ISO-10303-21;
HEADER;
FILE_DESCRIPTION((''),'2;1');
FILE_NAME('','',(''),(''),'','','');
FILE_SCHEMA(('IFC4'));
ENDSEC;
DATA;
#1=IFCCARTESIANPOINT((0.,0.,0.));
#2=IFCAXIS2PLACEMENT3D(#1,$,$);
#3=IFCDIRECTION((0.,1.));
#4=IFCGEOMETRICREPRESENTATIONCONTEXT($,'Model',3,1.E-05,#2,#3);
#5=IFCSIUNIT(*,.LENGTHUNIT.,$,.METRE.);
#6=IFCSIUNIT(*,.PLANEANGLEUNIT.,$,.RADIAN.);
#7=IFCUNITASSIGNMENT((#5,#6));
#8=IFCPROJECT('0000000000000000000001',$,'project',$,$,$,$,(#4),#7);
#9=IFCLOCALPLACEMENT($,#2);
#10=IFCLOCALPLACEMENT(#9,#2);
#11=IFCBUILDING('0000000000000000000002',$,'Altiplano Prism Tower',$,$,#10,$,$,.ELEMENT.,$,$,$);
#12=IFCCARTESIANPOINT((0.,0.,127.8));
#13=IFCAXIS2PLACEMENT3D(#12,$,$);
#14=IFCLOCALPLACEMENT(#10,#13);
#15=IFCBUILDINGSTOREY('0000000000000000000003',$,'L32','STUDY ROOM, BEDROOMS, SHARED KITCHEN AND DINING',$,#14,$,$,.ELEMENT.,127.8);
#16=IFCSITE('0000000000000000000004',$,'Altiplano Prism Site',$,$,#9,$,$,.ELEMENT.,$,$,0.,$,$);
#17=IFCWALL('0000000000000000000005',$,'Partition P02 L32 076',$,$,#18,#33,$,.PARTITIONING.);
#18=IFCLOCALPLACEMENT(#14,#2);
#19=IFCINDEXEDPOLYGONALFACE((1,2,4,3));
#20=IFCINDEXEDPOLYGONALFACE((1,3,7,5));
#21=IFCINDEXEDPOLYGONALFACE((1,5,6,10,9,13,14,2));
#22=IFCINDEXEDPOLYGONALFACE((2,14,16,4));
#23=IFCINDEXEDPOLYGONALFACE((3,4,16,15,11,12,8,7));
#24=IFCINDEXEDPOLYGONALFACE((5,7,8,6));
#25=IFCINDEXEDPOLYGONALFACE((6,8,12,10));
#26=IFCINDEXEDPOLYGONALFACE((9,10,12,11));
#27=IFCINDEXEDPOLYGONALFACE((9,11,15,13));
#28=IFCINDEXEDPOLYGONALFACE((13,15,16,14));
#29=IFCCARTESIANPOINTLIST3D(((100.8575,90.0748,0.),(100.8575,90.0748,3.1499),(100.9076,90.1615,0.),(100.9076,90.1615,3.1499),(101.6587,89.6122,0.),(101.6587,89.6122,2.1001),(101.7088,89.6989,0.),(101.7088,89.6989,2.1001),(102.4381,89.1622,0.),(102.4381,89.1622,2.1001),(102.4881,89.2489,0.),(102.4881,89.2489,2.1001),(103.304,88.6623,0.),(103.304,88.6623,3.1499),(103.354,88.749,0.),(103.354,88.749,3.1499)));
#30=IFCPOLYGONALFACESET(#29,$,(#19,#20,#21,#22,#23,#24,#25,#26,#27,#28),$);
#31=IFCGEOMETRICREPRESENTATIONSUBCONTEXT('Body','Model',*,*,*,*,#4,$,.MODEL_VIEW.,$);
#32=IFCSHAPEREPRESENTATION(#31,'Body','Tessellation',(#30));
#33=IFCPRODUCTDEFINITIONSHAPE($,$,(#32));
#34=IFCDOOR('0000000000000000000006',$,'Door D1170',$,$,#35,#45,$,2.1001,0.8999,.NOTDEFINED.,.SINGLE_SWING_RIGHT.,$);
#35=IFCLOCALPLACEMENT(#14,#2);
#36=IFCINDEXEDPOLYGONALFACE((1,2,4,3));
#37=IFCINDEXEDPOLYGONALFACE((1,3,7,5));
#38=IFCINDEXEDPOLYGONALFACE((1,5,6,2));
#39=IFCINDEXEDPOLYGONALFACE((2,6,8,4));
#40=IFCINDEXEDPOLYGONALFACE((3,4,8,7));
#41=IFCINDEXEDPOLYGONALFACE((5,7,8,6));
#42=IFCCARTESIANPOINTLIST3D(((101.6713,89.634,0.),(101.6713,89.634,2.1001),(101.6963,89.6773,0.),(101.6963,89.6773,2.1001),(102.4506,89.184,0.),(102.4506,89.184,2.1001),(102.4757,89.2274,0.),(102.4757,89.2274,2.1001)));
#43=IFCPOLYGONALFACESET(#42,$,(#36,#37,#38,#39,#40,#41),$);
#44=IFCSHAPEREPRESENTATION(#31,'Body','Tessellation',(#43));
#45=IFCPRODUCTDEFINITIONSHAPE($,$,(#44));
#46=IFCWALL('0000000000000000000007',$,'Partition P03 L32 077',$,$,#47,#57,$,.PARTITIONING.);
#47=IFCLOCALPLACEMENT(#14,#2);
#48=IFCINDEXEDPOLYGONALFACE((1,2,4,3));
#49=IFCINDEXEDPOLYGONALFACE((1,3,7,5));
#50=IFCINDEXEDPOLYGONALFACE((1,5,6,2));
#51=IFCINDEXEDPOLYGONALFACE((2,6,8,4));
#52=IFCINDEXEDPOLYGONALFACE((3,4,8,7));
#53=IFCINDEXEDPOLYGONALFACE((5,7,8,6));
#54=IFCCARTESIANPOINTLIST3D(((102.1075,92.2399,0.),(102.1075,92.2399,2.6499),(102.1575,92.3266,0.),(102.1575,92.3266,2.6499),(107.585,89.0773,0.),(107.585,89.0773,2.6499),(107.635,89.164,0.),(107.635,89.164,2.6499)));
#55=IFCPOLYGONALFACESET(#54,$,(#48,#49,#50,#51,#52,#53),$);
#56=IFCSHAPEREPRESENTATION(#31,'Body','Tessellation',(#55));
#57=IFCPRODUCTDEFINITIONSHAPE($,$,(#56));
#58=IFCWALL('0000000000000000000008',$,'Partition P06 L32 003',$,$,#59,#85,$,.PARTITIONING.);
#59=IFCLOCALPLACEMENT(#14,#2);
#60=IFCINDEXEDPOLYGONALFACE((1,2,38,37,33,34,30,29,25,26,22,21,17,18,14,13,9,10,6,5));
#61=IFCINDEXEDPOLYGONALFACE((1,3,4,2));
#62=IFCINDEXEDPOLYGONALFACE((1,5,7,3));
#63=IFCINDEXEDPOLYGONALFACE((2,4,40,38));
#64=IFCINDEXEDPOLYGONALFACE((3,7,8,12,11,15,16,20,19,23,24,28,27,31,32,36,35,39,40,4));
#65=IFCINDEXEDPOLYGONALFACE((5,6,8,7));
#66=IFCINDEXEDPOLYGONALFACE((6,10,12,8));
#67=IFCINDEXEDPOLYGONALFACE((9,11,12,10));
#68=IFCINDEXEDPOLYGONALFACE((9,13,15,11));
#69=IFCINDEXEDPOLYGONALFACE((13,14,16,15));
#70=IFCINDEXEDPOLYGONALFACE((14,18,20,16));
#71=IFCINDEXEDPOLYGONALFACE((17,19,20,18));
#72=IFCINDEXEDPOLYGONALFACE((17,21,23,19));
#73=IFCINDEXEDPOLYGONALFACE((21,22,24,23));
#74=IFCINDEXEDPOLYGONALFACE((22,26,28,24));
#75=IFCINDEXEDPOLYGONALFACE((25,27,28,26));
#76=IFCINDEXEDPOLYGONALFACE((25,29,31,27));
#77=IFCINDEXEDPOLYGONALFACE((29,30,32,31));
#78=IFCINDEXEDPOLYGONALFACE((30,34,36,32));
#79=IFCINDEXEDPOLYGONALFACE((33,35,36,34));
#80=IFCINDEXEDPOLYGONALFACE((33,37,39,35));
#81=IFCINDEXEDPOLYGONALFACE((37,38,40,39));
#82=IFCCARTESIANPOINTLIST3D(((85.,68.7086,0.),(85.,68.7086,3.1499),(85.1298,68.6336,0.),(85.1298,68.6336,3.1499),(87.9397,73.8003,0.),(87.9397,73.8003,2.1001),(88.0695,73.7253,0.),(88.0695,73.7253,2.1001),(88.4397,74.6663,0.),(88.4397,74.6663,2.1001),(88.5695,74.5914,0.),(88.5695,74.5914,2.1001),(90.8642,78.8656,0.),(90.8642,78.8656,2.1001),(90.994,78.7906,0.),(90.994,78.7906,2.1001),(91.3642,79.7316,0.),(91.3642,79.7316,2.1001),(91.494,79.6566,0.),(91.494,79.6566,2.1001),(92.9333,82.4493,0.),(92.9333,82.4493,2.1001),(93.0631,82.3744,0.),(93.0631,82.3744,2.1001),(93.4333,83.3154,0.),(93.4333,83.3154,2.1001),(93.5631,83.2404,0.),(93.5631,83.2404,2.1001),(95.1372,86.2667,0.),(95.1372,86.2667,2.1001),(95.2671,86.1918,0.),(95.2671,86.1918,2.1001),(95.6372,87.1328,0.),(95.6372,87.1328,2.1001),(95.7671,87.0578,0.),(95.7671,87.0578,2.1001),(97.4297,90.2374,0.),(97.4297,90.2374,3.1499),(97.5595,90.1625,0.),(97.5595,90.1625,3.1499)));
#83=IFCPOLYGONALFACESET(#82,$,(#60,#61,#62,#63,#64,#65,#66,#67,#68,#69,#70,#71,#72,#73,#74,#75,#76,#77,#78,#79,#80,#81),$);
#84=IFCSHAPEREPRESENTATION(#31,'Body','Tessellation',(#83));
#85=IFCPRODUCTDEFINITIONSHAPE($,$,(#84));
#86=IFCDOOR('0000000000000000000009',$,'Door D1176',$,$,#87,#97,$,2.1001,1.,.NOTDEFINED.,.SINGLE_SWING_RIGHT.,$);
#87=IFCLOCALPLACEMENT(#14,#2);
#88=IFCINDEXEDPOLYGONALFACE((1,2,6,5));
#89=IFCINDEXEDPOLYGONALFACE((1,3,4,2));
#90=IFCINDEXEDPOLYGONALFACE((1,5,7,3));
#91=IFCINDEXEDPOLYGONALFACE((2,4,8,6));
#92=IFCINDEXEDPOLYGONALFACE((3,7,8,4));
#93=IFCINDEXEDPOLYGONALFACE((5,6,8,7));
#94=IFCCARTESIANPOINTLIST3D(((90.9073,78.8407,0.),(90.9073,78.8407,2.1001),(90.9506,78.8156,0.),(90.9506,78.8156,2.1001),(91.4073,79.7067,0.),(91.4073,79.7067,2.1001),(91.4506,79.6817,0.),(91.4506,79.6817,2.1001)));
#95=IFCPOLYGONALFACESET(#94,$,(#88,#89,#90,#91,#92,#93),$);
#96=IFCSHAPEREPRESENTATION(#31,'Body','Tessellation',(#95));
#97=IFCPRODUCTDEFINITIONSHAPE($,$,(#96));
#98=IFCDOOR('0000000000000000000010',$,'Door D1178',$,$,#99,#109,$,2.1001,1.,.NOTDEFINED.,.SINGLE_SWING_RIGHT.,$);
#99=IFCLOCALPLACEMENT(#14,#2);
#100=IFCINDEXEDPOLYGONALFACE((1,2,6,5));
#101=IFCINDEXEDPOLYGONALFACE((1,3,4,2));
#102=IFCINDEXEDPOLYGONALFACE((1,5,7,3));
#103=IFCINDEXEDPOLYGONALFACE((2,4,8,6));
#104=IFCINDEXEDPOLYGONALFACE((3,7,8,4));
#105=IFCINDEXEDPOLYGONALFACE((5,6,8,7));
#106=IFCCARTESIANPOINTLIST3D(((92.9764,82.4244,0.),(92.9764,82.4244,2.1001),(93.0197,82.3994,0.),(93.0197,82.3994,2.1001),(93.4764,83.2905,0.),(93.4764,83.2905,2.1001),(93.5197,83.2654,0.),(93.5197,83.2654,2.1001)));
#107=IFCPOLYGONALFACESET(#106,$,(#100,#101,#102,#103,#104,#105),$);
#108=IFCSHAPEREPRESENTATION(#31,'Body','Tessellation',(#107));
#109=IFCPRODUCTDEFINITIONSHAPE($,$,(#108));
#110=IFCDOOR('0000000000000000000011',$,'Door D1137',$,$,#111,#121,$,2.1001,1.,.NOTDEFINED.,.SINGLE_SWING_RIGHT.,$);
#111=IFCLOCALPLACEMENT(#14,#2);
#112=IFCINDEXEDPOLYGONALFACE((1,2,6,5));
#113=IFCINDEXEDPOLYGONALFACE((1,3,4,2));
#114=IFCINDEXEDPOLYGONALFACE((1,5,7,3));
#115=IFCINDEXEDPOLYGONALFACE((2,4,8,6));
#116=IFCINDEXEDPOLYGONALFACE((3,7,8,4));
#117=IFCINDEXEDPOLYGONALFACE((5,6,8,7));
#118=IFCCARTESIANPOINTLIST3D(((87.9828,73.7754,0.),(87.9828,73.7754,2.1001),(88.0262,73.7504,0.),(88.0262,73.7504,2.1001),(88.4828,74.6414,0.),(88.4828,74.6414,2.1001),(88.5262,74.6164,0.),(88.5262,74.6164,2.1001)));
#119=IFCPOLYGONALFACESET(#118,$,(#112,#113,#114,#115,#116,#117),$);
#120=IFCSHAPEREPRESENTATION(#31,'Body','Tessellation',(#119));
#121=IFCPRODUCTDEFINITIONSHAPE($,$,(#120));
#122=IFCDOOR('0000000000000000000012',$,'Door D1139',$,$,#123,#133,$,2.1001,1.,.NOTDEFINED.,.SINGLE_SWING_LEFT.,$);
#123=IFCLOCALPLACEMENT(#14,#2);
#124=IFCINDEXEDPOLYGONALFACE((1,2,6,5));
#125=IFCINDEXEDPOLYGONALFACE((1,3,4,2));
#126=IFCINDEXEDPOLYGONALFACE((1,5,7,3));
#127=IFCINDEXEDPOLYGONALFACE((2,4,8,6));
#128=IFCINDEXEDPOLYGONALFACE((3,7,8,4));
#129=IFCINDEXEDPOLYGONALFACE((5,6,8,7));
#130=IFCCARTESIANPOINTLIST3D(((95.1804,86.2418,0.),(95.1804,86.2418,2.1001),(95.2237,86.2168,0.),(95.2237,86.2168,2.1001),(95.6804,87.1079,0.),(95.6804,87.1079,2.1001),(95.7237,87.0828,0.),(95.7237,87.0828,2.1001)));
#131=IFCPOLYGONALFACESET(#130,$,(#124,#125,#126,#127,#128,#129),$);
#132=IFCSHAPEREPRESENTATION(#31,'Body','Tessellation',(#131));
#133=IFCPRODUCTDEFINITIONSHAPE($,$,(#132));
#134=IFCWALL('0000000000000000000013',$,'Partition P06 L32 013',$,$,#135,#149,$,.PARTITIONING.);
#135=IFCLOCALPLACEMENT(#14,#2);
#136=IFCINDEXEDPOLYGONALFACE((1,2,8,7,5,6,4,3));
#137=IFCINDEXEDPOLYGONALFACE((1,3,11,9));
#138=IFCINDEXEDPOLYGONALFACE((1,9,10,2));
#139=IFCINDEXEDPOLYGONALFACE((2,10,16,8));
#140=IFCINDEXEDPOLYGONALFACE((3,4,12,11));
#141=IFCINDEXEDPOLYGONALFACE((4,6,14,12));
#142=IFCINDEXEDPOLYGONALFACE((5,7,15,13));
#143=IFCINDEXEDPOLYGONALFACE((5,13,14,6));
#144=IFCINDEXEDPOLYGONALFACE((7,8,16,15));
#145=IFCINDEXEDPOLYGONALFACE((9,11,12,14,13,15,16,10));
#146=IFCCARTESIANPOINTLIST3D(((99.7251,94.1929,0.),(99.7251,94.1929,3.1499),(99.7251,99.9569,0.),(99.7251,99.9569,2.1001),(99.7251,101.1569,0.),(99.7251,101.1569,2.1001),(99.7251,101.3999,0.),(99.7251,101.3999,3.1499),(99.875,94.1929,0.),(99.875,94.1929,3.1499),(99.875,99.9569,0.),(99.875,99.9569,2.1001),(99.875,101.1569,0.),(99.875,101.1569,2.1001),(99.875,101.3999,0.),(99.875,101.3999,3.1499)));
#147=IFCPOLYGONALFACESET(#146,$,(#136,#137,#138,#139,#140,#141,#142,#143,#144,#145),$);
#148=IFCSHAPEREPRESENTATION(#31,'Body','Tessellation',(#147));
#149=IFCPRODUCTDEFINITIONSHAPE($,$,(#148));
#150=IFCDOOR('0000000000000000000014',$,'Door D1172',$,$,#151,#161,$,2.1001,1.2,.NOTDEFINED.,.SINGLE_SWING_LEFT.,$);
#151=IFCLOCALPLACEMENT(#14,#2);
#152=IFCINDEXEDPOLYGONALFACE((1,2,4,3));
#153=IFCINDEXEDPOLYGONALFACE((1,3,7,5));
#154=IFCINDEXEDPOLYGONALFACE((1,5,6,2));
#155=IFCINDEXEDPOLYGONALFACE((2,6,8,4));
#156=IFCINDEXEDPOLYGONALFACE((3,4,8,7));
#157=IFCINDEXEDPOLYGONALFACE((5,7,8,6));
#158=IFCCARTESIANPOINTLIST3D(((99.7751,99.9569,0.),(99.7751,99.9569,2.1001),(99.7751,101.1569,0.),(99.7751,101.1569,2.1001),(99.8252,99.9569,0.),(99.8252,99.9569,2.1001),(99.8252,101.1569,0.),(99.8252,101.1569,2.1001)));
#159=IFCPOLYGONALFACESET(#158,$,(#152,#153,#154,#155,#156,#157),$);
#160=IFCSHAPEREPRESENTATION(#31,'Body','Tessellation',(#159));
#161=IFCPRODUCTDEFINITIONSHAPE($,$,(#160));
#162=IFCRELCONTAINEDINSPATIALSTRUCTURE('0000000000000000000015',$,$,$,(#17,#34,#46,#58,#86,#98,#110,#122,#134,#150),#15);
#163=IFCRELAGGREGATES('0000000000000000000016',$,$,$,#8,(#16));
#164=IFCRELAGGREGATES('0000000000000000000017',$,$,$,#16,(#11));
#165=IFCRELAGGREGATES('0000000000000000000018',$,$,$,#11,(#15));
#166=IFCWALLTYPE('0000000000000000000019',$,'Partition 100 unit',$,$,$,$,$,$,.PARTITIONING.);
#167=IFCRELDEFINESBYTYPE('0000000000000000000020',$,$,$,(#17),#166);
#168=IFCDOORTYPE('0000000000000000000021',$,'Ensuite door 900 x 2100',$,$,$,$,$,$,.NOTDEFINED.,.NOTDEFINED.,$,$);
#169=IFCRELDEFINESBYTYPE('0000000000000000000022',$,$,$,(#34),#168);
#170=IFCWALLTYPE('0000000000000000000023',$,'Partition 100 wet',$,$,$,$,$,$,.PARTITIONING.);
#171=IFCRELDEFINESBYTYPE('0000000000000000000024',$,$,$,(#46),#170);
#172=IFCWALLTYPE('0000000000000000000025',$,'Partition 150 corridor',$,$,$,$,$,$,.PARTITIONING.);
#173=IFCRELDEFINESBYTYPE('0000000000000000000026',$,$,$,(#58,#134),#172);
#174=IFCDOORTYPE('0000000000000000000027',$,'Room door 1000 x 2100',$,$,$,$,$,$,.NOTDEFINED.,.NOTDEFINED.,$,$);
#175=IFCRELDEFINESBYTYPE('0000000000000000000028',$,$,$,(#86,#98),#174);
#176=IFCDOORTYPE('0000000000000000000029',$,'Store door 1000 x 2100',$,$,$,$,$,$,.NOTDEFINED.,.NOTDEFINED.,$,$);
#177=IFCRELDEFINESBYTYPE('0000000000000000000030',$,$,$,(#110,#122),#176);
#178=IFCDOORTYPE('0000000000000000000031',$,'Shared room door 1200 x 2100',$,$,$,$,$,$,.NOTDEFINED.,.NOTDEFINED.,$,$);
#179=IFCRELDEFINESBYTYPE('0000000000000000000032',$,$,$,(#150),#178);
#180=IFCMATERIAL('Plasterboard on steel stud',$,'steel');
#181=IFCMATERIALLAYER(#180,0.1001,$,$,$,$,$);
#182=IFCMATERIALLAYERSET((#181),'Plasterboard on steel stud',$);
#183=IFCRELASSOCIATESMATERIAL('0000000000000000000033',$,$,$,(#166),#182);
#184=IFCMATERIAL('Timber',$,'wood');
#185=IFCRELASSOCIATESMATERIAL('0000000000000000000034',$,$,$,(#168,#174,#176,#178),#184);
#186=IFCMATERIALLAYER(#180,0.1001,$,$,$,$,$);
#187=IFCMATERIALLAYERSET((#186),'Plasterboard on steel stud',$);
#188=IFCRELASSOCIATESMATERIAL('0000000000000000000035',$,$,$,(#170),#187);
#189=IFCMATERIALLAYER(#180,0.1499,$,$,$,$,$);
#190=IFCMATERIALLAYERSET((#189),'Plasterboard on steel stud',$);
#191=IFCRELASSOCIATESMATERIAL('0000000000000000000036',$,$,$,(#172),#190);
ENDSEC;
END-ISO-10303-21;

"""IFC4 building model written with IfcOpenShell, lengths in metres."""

from ifc_helpers import new_model, si_unit, direction, frame, frame_2d, origin, place, context, subcontext, project, spatial, rectangle, extrude, material, layer, layer_set, type_object, element, fill, save


model = new_model("IFC4")

# Units and contexts
model_context = context("Model", 3, precision=1e-05, world=origin(), true_north=direction((0.0, 1.0)))
body_context = subcontext(model_context, "Body", "Model", "MODEL_VIEW")
ifc_project = project(units=[si_unit("LENGTHUNIT", "METRE"), si_unit("PLANEANGLEUNIT", "RADIAN")], contexts=[model_context])

# Site, building, storey
site_placement = place(None, origin())
site = spatial("IfcSite", under=ifc_project, at=site_placement, Name="Altiplano Prism Site", CompositionType="ELEMENT", RefElevation=0.0)
building_placement = place(site_placement, origin())
building = spatial("IfcBuilding", under=site, at=building_placement, Name="Altiplano Prism Tower", CompositionType="ELEMENT")
storey_placement = place(building_placement, frame((0.0, 0.0, 127.8)))
storey = spatial("IfcBuildingStorey", under=building, at=storey_placement, Name="L32", Description="STUDY ROOM, BEDROOMS, SHARED KITCHEN AND DINING", CompositionType="ELEMENT", Elevation=127.8)

# Shared definitions
ifc_material_1 = material(Name="Plasterboard on steel stud", Category="steel")
ifc_layer_1 = layer(ifc_material_1, 0.1001)
ifc_layer_set_1 = layer_set([ifc_layer_1], Name="Plasterboard on steel stud")
wall_type_1 = type_object("IfcWallType", Name="Partition 100 unit", PredefinedType="PARTITIONING", material=ifc_layer_set_1)

# Wall, opening, door
wall_1_placement = place(storey_placement, frame((103.3291, 88.7056, 0.0), z_axis=(0.0, 0.0, 1.0), x_axis=(-0.866011, 0.500024, 0.0)))
wall_1 = element("IfcWall", 1, at=wall_1_placement, inside=storey, type_object=wall_type_1, Name="Partition P02 L32 076", PredefinedType="PARTITIONING", context=body_context, shape_type="SweptSolid", body=[
    extrude(rectangle(XDim=2.825, YDim=0.1001, at=frame_2d((1.4126, 0.0))), origin(), (0.0, 0.0, 1.0), 3.1499),
])
opening_1_placement = place(wall_1_placement, frame((1.0, 0.0, 0.0)))
opening_1 = element("IfcOpeningElement", 2, at=opening_1_placement, cuts=wall_1, PredefinedType="OPENING", context=body_context, shape_type="SweptSolid", body=[
    extrude(rectangle(XDim=0.8999, YDim=2.1001, at=frame_2d((0.45, 1.05))), frame((0.0, 0.0605, 0.0), z_axis=(0.0, -1.0, 0.0), x_axis=(1.0, 0.0, 0.0)), (0.0, 0.0, 1.0), 0.1211),
])
ifc_material_2 = material(Name="Timber", Category="wood")
door_type_1 = type_object("IfcDoorType", Name="Ensuite door 900 x 2100", OperationType="NOTDEFINED", PredefinedType="NOTDEFINED", material=ifc_material_2)
door_1_placement = place(opening_1_placement, origin())
door_1 = element("IfcDoor", 3, at=door_1_placement, inside=storey, type_object=door_type_1, Name="Door D1170", OperationType="SINGLE_SWING_RIGHT", OverallHeight=2.1001, OverallWidth=0.8999, PredefinedType="NOTDEFINED", context=body_context, shape_type="SweptSolid", body=[
    extrude(rectangle(XDim=0.8999, YDim=2.1001, at=frame_2d((0.45, 1.05))), frame((0.0, 0.0249, 0.0), z_axis=(0.0, -1.0, 0.0), x_axis=(1.0, 0.0, 0.0)), (0.0, 0.0, 1.0), 0.05),
])
fill(opening_1, door_1)

# Wall
ifc_layer_2 = layer(ifc_material_1, 0.1001)
ifc_layer_set_2 = layer_set([ifc_layer_2], Name="Plasterboard on steel stud")
wall_type_2 = type_object("IfcWallType", Name="Partition 100 wet", PredefinedType="PARTITIONING", material=ifc_layer_set_2)
wall_2_placement = place(storey_placement, frame((107.6101, 89.1206, 0.0), z_axis=(0.0, 0.0, 1.0), x_axis=(-0.866016, 0.500016, 0.0)))
element("IfcWall", 4, at=wall_2_placement, inside=storey, type_object=wall_type_2, Name="Partition P03 L32 077", PredefinedType="PARTITIONING", context=body_context, shape_type="SweptSolid", body=[
    extrude(rectangle(XDim=6.325, YDim=0.1001, at=frame_2d((3.1626, 0.0))), origin(), (0.0, 0.0, 1.0), 2.6499),
])

# Wall, openings, doors
ifc_layer_3 = layer(ifc_material_1, 0.1499)
ifc_layer_set_3 = layer_set([ifc_layer_3], Name="Plasterboard on steel stud")
wall_type_3 = type_object("IfcWallType", Name="Partition 150 corridor", PredefinedType="PARTITIONING", material=ifc_layer_set_3)
wall_3_placement = place(storey_placement, frame((97.4946, 90.2, 0.0), z_axis=(0.0, 0.0, 1.0), x_axis=(-0.500001, -0.866025, 0.0)))
wall_3 = element("IfcWall", 5, at=wall_3_placement, inside=storey, type_object=wall_type_3, Name="Partition P06 L32 003", PredefinedType="PARTITIONING", context=body_context, shape_type="SweptSolid", body=[
    extrude(rectangle(XDim=24.8594, YDim=0.1499, at=frame_2d((12.4297, 0.0))), origin(), (0.0, 0.0, 1.0), 3.1499),
])
opening_2_placement = place(wall_3_placement, frame((17.98, 0.0, 0.0)))
opening_2 = element("IfcOpeningElement", 6, at=opening_2_placement, cuts=wall_3, PredefinedType="OPENING", context=body_context, shape_type="SweptSolid", body=[
    extrude(rectangle(XDim=1.0, YDim=2.1001, at=frame_2d((0.5, 1.05))), frame((0.0, 0.0854, 0.0), z_axis=(0.0, -1.0, 0.0), x_axis=(1.0, 0.0, 0.0)), (0.0, 0.0, 1.0), 0.1709),
])
opening_3_placement = place(wall_3_placement, frame((3.585, 0.0, 0.0)))
opening_3 = element("IfcOpeningElement", 7, at=opening_3_placement, cuts=wall_3, PredefinedType="OPENING", context=body_context, shape_type="SweptSolid", body=[
    extrude(rectangle(XDim=1.0, YDim=2.1001, at=frame_2d((0.5, 1.05))), frame((0.0, 0.0854, 0.0), z_axis=(0.0, -1.0, 0.0), x_axis=(1.0, 0.0, 0.0)), (0.0, 0.0, 1.0), 0.1709),
])
opening_4_placement = place(wall_3_placement, frame((12.1311, 0.0, 0.0)))
opening_4 = element("IfcOpeningElement", 8, at=opening_4_placement, cuts=wall_3, PredefinedType="OPENING", context=body_context, shape_type="SweptSolid", body=[
    extrude(rectangle(XDim=1.0, YDim=2.1001, at=frame_2d((0.5, 1.05))), frame((0.0, 0.0854, 0.0), z_axis=(0.0, -1.0, 0.0), x_axis=(1.0, 0.0, 0.0)), (0.0, 0.0, 1.0), 0.1709),
])
opening_5_placement = place(wall_3_placement, frame((7.9929, 0.0, 0.0)))
opening_5 = element("IfcOpeningElement", 9, at=opening_5_placement, cuts=wall_3, PredefinedType="OPENING", context=body_context, shape_type="SweptSolid", body=[
    extrude(rectangle(XDim=1.0, YDim=2.1001, at=frame_2d((0.5, 1.05))), frame((0.0, 0.0854, 0.0), z_axis=(0.0, -1.0, 0.0), x_axis=(1.0, 0.0, 0.0)), (0.0, 0.0, 1.0), 0.1709),
])
door_type_2 = type_object("IfcDoorType", Name="Room door 1000 x 2100", OperationType="NOTDEFINED", PredefinedType="NOTDEFINED", material=ifc_material_2)
door_2_placement = place(opening_4_placement, origin())
door_2 = element("IfcDoor", 10, at=door_2_placement, inside=storey, type_object=door_type_2, Name="Door D1176", OperationType="SINGLE_SWING_RIGHT", OverallHeight=2.1001, OverallWidth=1.0, PredefinedType="NOTDEFINED", context=body_context, shape_type="SweptSolid", body=[
    extrude(rectangle(XDim=1.0, YDim=2.1001, at=frame_2d((0.5, 1.05))), frame((0.0, 0.0249, 0.0), z_axis=(0.0, -1.0, 0.0), x_axis=(1.0, 0.0, 0.0)), (0.0, 0.0, 1.0), 0.05),
])
fill(opening_4, door_2)
door_3_placement = place(opening_5_placement, origin())
door_3 = element("IfcDoor", 11, at=door_3_placement, inside=storey, type_object=door_type_2, Name="Door D1178", OperationType="SINGLE_SWING_RIGHT", OverallHeight=2.1001, OverallWidth=1.0, PredefinedType="NOTDEFINED", context=body_context, shape_type="SweptSolid", body=[
    extrude(rectangle(XDim=1.0, YDim=2.1001, at=frame_2d((0.5, 1.05))), frame((0.0, 0.0249, 0.0), z_axis=(0.0, -1.0, 0.0), x_axis=(1.0, 0.0, 0.0)), (0.0, 0.0, 1.0), 0.05),
])
fill(opening_5, door_3)
door_type_3 = type_object("IfcDoorType", Name="Store door 1000 x 2100", OperationType="NOTDEFINED", PredefinedType="NOTDEFINED", material=ifc_material_2)
door_4_placement = place(opening_2_placement, origin())
door_4 = element("IfcDoor", 12, at=door_4_placement, inside=storey, type_object=door_type_3, Name="Door D1137", OperationType="SINGLE_SWING_RIGHT", OverallHeight=2.1001, OverallWidth=1.0, PredefinedType="NOTDEFINED", context=body_context, shape_type="SweptSolid", body=[
    extrude(rectangle(XDim=1.0, YDim=2.1001, at=frame_2d((0.5, 1.05))), frame((0.0, 0.0249, 0.0), z_axis=(0.0, -1.0, 0.0), x_axis=(1.0, 0.0, 0.0)), (0.0, 0.0, 1.0), 0.05),
])
fill(opening_2, door_4)
door_5_placement = place(opening_3_placement, origin())
door_5 = element("IfcDoor", 13, at=door_5_placement, inside=storey, type_object=door_type_3, Name="Door D1139", OperationType="SINGLE_SWING_LEFT", OverallHeight=2.1001, OverallWidth=1.0, PredefinedType="NOTDEFINED", context=body_context, shape_type="SweptSolid", body=[
    extrude(rectangle(XDim=1.0, YDim=2.1001, at=frame_2d((0.5, 1.05))), frame((0.0, 0.0249, 0.0), z_axis=(0.0, -1.0, 0.0), x_axis=(1.0, 0.0, 0.0)), (0.0, 0.0, 1.0), 0.05),
])
fill(opening_3, door_5)

# Wall, opening, door
wall_4_placement = place(storey_placement, frame((99.8, 94.1929, 0.0), z_axis=(0.0, 0.0, 1.0), x_axis=(0.0, 1.0, 0.0)))
wall_4 = element("IfcWall", 14, at=wall_4_placement, inside=storey, type_object=wall_type_3, Name="Partition P06 L32 013", PredefinedType="PARTITIONING", context=body_context, shape_type="SweptSolid", body=[
    extrude(rectangle(XDim=7.207, YDim=0.1499, at=frame_2d((3.6035, 0.0))), origin(), (0.0, 0.0, 1.0), 3.1499),
])
opening_6_placement = place(wall_4_placement, frame((5.7639, 0.0, 0.0)))
opening_6 = element("IfcOpeningElement", 15, at=opening_6_placement, cuts=wall_4, PredefinedType="OPENING", context=body_context, shape_type="SweptSolid", body=[
    extrude(rectangle(XDim=1.2, YDim=2.1001, at=frame_2d((0.6001, 1.05))), frame((0.0, 0.0854, 0.0), z_axis=(0.0, -1.0, 0.0), x_axis=(1.0, 0.0, 0.0)), (0.0, 0.0, 1.0), 0.1709),
])
door_type_4 = type_object("IfcDoorType", Name="Shared room door 1200 x 2100", OperationType="NOTDEFINED", PredefinedType="NOTDEFINED", material=ifc_material_2)
door_6_placement = place(opening_6_placement, origin())
door_6 = element("IfcDoor", 16, at=door_6_placement, inside=storey, type_object=door_type_4, Name="Door D1172", OperationType="SINGLE_SWING_LEFT", OverallHeight=2.1001, OverallWidth=1.2, PredefinedType="NOTDEFINED", context=body_context, shape_type="SweptSolid", body=[
    extrude(rectangle(XDim=1.2, YDim=2.1001, at=frame_2d((0.6001, 1.05))), frame((0.0, 0.0249, 0.0), z_axis=(0.0, -1.0, 0.0), x_axis=(1.0, 0.0, 0.0)), (0.0, 0.0, 1.0), 0.05),
])
fill(opening_6, door_6)

save(model, "model.ifc")
